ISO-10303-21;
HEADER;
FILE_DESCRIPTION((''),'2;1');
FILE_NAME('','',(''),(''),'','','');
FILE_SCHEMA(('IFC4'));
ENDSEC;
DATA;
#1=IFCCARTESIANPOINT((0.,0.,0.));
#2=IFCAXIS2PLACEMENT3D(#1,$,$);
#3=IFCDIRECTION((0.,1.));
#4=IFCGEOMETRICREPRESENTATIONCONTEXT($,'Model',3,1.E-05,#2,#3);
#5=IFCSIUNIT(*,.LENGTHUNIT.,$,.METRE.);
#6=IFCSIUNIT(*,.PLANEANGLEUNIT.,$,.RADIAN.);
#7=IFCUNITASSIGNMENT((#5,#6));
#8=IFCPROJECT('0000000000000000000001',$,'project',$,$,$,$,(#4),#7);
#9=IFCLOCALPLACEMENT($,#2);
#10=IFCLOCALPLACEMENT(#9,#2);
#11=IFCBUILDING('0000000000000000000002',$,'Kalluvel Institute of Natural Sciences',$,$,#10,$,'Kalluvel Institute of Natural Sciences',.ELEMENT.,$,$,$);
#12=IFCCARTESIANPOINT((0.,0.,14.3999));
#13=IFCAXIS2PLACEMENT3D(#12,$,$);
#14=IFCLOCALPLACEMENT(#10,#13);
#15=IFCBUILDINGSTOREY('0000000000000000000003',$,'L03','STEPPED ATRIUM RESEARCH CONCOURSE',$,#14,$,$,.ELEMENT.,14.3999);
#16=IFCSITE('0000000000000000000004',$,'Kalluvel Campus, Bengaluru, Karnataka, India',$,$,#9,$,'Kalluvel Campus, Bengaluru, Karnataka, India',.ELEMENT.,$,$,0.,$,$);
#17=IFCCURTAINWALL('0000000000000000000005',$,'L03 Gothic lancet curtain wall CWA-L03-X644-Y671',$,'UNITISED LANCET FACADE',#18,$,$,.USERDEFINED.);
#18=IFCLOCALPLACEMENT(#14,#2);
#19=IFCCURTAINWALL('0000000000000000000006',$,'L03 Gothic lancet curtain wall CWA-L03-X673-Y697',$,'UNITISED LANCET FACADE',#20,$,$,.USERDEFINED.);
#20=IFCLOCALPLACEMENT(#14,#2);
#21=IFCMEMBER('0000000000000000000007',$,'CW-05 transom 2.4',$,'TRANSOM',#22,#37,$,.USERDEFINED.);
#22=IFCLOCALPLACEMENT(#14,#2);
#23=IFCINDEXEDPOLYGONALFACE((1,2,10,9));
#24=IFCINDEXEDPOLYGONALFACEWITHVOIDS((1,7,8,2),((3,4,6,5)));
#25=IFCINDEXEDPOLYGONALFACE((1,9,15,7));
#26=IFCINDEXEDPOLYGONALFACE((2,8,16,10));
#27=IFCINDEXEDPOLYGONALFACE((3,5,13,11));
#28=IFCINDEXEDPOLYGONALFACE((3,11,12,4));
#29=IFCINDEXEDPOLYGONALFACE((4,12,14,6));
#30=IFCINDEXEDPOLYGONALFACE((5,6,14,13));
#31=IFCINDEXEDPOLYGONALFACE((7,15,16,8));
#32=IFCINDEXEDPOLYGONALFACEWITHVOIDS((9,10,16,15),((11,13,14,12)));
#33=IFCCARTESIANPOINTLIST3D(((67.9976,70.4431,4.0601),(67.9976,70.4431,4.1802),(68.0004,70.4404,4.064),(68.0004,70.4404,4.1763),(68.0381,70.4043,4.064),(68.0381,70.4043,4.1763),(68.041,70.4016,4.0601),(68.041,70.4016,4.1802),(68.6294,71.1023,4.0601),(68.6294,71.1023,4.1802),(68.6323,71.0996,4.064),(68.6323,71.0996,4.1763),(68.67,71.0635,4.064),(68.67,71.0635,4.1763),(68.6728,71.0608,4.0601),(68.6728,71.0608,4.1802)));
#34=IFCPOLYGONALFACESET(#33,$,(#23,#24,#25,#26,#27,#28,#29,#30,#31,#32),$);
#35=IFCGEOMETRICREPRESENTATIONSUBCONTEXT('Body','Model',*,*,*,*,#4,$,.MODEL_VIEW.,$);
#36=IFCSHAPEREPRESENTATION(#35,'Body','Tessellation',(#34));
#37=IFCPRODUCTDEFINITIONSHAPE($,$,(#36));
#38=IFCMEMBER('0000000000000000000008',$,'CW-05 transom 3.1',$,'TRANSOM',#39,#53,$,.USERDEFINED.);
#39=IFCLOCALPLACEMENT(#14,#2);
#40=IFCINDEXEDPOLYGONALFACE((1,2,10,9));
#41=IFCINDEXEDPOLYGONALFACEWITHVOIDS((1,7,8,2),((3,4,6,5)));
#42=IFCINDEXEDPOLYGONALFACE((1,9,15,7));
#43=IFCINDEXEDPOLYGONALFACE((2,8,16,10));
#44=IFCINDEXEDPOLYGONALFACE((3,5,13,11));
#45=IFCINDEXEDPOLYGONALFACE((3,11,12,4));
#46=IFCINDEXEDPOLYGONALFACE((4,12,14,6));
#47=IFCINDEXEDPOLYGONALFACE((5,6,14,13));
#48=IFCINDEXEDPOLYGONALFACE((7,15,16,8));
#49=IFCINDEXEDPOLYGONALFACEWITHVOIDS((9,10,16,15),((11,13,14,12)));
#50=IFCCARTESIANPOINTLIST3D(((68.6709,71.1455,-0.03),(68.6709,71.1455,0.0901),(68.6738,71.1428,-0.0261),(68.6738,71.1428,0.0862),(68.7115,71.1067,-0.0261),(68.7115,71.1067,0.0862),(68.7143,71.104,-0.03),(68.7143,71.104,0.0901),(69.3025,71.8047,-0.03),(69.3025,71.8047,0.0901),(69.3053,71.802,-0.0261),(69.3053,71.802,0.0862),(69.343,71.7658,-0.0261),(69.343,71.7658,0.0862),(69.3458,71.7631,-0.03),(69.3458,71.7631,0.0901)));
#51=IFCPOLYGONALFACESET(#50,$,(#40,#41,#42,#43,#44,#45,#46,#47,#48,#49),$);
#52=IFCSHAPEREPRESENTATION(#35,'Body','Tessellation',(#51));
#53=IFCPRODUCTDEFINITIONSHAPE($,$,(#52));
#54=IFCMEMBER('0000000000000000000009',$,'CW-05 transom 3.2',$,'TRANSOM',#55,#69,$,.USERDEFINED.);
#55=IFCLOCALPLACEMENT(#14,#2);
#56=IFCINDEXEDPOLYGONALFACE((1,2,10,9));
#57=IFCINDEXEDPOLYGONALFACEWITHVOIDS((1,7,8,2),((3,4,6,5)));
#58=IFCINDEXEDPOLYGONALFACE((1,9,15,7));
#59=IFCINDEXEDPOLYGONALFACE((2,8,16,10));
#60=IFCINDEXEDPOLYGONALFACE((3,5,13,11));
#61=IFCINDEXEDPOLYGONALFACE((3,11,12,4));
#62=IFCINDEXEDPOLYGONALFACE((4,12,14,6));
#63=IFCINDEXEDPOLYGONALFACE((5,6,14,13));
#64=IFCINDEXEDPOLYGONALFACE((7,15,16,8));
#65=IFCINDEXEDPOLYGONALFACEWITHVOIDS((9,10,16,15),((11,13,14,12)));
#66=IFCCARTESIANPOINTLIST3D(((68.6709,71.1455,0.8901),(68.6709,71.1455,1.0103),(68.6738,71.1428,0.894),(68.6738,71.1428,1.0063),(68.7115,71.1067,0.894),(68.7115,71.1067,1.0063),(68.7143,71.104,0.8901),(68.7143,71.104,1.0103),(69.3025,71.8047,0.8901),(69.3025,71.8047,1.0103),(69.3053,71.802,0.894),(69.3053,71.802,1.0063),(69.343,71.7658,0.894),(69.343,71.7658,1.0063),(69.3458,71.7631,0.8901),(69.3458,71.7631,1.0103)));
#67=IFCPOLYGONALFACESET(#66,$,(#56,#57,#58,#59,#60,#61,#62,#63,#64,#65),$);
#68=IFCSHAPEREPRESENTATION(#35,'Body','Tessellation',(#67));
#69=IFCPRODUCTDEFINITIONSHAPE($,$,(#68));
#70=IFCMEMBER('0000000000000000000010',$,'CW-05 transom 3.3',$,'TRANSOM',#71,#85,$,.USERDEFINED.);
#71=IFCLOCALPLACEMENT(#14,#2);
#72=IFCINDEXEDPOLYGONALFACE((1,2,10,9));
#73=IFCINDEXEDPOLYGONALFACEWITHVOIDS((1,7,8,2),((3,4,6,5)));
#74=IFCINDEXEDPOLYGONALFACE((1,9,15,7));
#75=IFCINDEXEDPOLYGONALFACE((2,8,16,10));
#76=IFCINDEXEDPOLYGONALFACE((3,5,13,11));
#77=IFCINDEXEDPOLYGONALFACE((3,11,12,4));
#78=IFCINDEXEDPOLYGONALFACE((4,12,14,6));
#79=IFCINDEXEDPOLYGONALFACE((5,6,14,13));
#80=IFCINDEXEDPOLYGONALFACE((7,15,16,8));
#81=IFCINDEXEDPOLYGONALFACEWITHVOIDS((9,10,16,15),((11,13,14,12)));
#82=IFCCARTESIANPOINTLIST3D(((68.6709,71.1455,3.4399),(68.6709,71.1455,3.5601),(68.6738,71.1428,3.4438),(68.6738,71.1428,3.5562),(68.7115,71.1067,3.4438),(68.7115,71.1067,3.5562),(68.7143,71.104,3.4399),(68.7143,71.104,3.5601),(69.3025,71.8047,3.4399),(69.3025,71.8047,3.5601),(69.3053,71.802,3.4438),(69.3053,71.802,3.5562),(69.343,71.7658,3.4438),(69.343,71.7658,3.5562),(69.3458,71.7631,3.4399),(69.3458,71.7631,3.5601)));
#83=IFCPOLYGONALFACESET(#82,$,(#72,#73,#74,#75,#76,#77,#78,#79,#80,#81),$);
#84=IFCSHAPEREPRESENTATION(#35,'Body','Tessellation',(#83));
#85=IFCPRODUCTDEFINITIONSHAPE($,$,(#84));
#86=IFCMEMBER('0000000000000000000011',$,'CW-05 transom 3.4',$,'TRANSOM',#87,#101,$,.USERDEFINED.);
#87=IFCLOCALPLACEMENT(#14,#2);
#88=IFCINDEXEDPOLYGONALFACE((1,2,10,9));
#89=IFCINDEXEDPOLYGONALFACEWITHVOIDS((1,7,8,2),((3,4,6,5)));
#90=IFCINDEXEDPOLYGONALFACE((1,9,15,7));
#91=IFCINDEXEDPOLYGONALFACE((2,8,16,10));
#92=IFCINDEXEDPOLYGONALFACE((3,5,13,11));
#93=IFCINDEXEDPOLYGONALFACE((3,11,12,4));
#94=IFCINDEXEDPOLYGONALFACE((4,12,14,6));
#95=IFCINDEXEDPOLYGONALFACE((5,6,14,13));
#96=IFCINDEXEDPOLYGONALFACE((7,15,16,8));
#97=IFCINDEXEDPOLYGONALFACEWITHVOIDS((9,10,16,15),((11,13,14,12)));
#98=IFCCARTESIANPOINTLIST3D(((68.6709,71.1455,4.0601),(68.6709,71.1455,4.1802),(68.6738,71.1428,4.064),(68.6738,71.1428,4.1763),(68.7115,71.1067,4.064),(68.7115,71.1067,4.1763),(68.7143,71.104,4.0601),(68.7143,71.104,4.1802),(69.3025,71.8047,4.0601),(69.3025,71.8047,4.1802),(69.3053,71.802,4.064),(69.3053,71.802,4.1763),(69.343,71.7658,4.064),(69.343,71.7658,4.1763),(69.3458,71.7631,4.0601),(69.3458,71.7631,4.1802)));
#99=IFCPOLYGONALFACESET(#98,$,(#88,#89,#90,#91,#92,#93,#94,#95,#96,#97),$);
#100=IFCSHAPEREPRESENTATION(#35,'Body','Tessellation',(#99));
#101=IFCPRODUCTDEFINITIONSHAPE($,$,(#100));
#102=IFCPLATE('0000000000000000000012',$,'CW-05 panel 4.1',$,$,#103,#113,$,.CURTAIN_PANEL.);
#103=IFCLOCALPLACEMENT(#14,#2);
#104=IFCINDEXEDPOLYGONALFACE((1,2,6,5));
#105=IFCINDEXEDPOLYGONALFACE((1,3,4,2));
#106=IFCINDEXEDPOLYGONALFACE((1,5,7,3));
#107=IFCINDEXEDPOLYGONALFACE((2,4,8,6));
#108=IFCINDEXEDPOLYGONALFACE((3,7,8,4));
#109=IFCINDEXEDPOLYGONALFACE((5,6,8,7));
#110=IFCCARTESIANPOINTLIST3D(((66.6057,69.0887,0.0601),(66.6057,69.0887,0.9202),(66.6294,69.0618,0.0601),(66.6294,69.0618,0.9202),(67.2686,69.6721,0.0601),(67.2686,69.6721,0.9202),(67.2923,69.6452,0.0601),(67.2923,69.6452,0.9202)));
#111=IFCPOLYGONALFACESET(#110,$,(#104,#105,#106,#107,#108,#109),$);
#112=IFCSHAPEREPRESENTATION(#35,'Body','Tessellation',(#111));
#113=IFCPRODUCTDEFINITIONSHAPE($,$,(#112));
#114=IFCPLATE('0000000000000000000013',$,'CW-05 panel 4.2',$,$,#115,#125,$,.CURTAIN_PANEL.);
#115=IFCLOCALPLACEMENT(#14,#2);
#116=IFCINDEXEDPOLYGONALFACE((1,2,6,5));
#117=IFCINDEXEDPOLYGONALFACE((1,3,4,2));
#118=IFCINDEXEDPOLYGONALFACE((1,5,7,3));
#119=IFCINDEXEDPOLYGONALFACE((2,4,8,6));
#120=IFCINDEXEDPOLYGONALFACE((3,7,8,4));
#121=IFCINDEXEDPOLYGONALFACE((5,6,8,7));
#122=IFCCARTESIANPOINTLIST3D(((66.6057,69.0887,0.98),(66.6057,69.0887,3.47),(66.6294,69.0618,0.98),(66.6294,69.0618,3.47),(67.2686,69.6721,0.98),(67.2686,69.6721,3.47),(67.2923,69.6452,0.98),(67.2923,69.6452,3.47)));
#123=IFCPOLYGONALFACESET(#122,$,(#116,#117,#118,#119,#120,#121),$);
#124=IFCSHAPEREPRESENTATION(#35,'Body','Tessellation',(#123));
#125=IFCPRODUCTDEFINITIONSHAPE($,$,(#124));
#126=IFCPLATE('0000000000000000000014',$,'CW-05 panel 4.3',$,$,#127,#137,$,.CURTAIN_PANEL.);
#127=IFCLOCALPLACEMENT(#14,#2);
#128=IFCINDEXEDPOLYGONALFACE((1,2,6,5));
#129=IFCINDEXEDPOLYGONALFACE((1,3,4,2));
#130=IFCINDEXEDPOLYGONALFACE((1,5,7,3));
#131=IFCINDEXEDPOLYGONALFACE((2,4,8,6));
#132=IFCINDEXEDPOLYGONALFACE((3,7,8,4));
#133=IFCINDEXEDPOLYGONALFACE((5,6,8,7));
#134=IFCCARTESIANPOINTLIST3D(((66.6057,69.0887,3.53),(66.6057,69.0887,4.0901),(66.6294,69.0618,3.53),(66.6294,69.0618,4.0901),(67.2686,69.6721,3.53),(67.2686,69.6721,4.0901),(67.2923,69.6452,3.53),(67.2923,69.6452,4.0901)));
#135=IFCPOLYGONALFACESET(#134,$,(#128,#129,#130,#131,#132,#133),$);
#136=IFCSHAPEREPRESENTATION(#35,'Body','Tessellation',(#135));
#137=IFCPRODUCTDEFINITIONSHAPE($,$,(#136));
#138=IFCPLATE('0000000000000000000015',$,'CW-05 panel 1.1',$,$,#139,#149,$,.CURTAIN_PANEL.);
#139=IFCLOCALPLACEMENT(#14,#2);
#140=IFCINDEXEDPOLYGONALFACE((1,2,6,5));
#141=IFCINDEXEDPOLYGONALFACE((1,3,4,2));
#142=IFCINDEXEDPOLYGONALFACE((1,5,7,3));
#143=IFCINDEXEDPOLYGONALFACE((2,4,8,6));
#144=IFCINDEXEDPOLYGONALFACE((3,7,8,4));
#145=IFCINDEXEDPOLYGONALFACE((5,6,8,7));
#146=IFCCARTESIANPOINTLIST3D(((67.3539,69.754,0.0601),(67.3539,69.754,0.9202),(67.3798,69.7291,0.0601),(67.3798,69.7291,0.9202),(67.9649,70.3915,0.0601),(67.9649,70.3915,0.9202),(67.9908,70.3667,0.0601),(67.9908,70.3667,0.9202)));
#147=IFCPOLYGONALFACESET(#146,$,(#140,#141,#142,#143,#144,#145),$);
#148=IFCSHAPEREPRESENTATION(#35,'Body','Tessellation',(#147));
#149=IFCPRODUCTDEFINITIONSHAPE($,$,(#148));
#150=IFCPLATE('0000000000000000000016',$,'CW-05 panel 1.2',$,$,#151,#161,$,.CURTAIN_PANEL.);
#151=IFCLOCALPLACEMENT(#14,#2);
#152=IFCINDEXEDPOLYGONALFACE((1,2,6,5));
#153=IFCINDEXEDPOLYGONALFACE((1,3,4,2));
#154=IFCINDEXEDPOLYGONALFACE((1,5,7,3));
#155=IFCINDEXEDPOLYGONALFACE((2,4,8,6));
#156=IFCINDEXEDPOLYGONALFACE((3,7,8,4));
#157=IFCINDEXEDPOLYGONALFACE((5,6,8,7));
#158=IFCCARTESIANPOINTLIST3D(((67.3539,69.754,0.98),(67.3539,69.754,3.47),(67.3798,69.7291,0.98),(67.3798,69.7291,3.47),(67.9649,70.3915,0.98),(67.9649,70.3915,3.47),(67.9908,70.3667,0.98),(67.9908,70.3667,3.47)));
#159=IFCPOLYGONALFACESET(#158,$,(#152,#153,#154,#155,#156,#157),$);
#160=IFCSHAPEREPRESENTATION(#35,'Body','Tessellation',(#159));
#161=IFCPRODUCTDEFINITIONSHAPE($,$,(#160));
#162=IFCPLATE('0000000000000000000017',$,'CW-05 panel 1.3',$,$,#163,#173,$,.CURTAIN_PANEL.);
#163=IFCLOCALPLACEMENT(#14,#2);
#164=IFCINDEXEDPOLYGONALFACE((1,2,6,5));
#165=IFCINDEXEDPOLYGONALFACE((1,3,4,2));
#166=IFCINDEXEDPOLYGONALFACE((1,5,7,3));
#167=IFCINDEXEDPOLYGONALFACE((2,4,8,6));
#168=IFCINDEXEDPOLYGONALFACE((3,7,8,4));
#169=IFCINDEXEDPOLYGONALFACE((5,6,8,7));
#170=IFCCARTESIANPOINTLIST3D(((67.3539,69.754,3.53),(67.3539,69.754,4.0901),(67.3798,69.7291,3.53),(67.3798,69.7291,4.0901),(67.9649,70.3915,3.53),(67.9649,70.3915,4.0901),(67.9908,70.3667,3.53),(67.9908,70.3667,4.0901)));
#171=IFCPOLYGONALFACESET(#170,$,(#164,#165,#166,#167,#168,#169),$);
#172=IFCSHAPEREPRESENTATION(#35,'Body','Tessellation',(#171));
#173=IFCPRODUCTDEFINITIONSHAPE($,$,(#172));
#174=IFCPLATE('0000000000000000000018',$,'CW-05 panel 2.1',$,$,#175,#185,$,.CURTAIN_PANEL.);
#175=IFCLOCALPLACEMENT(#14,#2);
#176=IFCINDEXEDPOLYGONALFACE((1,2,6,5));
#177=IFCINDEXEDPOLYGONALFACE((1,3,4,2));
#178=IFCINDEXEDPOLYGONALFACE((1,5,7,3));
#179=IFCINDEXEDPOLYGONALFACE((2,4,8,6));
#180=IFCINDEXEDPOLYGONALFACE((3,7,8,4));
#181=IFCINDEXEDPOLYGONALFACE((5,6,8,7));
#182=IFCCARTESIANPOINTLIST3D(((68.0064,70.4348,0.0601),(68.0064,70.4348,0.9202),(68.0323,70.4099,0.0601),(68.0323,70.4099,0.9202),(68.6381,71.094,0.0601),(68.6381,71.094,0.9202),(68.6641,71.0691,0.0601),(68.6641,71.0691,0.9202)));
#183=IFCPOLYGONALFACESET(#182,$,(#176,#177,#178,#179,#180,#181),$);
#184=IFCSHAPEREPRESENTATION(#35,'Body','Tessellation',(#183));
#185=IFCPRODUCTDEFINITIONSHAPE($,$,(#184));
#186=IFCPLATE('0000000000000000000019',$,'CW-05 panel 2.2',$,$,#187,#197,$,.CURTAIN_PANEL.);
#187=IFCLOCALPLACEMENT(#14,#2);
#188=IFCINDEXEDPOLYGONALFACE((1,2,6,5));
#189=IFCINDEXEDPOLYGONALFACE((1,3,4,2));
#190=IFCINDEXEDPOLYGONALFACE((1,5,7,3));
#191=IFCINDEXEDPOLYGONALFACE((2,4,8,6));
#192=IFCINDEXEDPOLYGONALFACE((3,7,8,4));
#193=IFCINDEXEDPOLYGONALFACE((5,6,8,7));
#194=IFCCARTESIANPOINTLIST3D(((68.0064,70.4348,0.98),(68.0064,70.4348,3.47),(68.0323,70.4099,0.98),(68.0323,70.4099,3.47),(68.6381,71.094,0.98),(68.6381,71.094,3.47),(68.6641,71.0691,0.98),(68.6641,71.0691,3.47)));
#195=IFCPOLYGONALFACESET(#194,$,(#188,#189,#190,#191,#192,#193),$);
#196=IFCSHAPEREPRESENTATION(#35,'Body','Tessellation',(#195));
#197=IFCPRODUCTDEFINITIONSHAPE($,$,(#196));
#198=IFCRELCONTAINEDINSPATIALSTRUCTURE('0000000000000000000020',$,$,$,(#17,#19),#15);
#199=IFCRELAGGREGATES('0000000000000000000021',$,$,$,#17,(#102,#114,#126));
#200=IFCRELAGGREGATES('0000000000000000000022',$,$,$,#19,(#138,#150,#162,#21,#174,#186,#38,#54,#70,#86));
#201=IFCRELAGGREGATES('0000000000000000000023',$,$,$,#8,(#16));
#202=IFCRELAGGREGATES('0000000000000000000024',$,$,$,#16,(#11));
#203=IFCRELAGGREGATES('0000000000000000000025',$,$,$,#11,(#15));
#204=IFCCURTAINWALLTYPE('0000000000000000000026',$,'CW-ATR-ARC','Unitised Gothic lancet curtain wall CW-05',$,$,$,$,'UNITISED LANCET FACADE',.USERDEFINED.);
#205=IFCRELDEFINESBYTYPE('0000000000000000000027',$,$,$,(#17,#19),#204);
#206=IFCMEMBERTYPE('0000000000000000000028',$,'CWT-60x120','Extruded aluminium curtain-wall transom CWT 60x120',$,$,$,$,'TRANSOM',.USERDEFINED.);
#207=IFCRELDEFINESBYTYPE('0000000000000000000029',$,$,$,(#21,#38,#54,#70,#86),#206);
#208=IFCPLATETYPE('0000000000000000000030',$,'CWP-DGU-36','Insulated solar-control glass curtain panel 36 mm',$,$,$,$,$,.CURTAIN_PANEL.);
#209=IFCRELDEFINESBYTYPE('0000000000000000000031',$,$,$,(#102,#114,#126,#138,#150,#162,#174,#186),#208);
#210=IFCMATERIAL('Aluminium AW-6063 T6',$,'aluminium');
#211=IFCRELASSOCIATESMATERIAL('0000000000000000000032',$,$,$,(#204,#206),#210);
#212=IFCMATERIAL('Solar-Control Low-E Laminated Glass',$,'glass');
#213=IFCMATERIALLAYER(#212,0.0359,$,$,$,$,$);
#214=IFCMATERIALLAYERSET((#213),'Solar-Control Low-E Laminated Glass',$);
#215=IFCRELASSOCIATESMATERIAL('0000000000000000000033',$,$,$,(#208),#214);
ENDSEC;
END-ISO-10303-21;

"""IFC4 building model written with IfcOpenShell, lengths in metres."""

from ifc_helpers import new_model, si_unit, direction, frame, origin, origin_2d, place, context, subcontext, project, spatial, rectangle, hollow_rectangle, extrude, material, layer, layer_set, material_profile, profile_set, type_object, element, aggregate, save


model = new_model("IFC4")

# Units and contexts
model_context = context("Model", 3, precision=1e-05, world=origin(), true_north=direction((0.0, 1.0)))
body_context = subcontext(model_context, "Body", "Model", "MODEL_VIEW")
ifc_project = project(units=[si_unit("LENGTHUNIT", "METRE"), si_unit("PLANEANGLEUNIT", "RADIAN")], contexts=[model_context])

# Site, building, storey
site_placement = place(None, origin())
site = spatial("IfcSite", under=ifc_project, at=site_placement, Name="Kalluvel Campus, Bengaluru, Karnataka, India", LongName="Kalluvel Campus, Bengaluru, Karnataka, India", CompositionType="ELEMENT", RefElevation=0.0)
building_placement = place(site_placement, origin())
building = spatial("IfcBuilding", under=site, at=building_placement, Name="Kalluvel Institute of Natural Sciences", LongName="Kalluvel Institute of Natural Sciences", CompositionType="ELEMENT")
storey_placement = place(building_placement, frame((0.0, 0.0, 14.3999)))
storey = spatial("IfcBuildingStorey", under=building, at=storey_placement, Name="L03", Description="STEPPED ATRIUM RESEARCH CONCOURSE", CompositionType="ELEMENT", Elevation=14.3999)

# Curtain wall
ifc_material_1 = material(Name="Aluminium AW-6063 T6", Category="aluminium")
curtain_wall_type = type_object("IfcCurtainWallType", Name="CW-ATR-ARC", Description="Unitised Gothic lancet curtain wall CW-05", ElementType="UNITISED LANCET FACADE", PredefinedType="USERDEFINED", material=ifc_material_1)
curtain_wall_1_placement = place(storey_placement, origin())
curtain_wall_1 = element("IfcCurtainWall", 1, at=curtain_wall_1_placement, inside=storey, type_object=curtain_wall_type, Name="L03 Gothic lancet curtain wall CWA-L03-X644-Y671", ObjectType="UNITISED LANCET FACADE", PredefinedType="USERDEFINED")

# Curtain wall, members
curtain_wall_2_placement = place(storey_placement, origin())
curtain_wall_2 = element("IfcCurtainWall", 2, at=curtain_wall_2_placement, inside=storey, type_object=curtain_wall_type, Name="L03 Gothic lancet curtain wall CWA-L03-X673-Y697", ObjectType="UNITISED LANCET FACADE", PredefinedType="USERDEFINED")
ifc_material_profile_1 = material_profile(ifc_material_1, hollow_rectangle(XDim=0.0601, YDim=0.1201, WallThickness=0.0039, at=origin_2d()), Name="CWT 60x120")
ifc_profile_set_1 = profile_set([ifc_material_profile_1], Name="Aluminium AW-6063 T6")
member_type_1 = type_object("IfcMemberType", Name="CWT-60x120", Description="Extruded aluminium curtain-wall transom CWT 60x120", ElementType="TRANSOM", PredefinedType="USERDEFINED", material=ifc_profile_set_1)
member_1_placement = place(storey_placement, frame((68.0193, 70.4224, 4.1201), z_axis=(0.691975, 0.721921, 0.0), x_axis=(-0.721921, 0.691975, 0.0)))
member_1 = element("IfcMember", 3, at=member_1_placement, type_object=member_type_1, Name="CW-05 transom 2.4", ObjectType="TRANSOM", PredefinedType="USERDEFINED", context=body_context, shape_type="SweptSolid", body=[
    extrude(hollow_rectangle(XDim=0.0601, YDim=0.1201, WallThickness=0.0039, at=origin_2d()), origin(), (0.0, 0.0, 1.0), 0.9131),
])
member_2_placement = place(storey_placement, frame((68.6926, 71.1248, 0.03), z_axis=(0.691836, 0.722055, 0.0), x_axis=(-0.722055, 0.691836, 0.0)))
member_2 = element("IfcMember", 4, at=member_2_placement, type_object=member_type_1, Name="CW-05 transom 3.1", ObjectType="TRANSOM", PredefinedType="USERDEFINED", context=body_context, shape_type="SweptSolid", body=[
    extrude(hollow_rectangle(XDim=0.0601, YDim=0.1201, WallThickness=0.0039, at=origin_2d()), origin(), (0.0, 0.0, 1.0), 0.9128),
])
member_3_placement = place(storey_placement, frame((68.6926, 71.1248, 0.9502), z_axis=(0.691836, 0.722055, 0.0), x_axis=(-0.722055, 0.691836, 0.0)))
member_3 = element("IfcMember", 5, at=member_3_placement, type_object=member_type_1, Name="CW-05 transom 3.2", ObjectType="TRANSOM", PredefinedType="USERDEFINED", context=body_context, shape_type="SweptSolid", body=[
    extrude(hollow_rectangle(XDim=0.0601, YDim=0.1201, WallThickness=0.0039, at=origin_2d()), origin(), (0.0, 0.0, 1.0), 0.9128),
])
member_4_placement = place(storey_placement, frame((68.6926, 71.1248, 3.5), z_axis=(0.691836, 0.722055, 0.0), x_axis=(-0.722055, 0.691836, 0.0)))
member_4 = element("IfcMember", 6, at=member_4_placement, type_object=member_type_1, Name="CW-05 transom 3.3", ObjectType="TRANSOM", PredefinedType="USERDEFINED", context=body_context, shape_type="SweptSolid", body=[
    extrude(hollow_rectangle(XDim=0.0601, YDim=0.1201, WallThickness=0.0039, at=origin_2d()), origin(), (0.0, 0.0, 1.0), 0.9128),
])
member_5_placement = place(storey_placement, frame((68.6926, 71.1248, 4.1201), z_axis=(0.691836, 0.722055, 0.0), x_axis=(-0.722055, 0.691836, 0.0)))
member_5 = element("IfcMember", 7, at=member_5_placement, type_object=member_type_1, Name="CW-05 transom 3.4", ObjectType="TRANSOM", PredefinedType="USERDEFINED", context=body_context, shape_type="SweptSolid", body=[
    extrude(hollow_rectangle(XDim=0.0601, YDim=0.1201, WallThickness=0.0039, at=origin_2d()), origin(), (0.0, 0.0, 1.0), 0.9128),
])

# Plates
ifc_material_2 = material(Name="Solar-Control Low-E Laminated Glass", Category="glass")
ifc_layer = layer(ifc_material_2, 0.0359)
ifc_layer_set = layer_set([ifc_layer], Name="Solar-Control Low-E Laminated Glass")
plate_type = type_object("IfcPlateType", Name="CWP-DGU-36", Description="Insulated solar-control glass curtain panel 36 mm", PredefinedType="CURTAIN_PANEL", material=ifc_layer_set)
plate_1_placement = place(storey_placement, frame((66.949, 69.3669, 0.0601), z_axis=(0.0, 0.0, 1.0), x_axis=(0.750678, 0.660668, 0.0)))
plate_1 = element("IfcPlate", 8, at=plate_1_placement, type_object=plate_type, Name="CW-05 panel 4.1", PredefinedType="CURTAIN_PANEL", context=body_context, shape_type="SweptSolid", body=[
    extrude(rectangle(XDim=0.8831, YDim=0.0359, at=origin_2d()), origin(), (0.0, 0.0, 1.0), 0.8601),
])
plate_2_placement = place(storey_placement, frame((66.949, 69.3669, 0.98), z_axis=(0.0, 0.0, 1.0), x_axis=(0.750678, 0.660668, 0.0)))
plate_2 = element("IfcPlate", 9, at=plate_2_placement, type_object=plate_type, Name="CW-05 panel 4.2", PredefinedType="CURTAIN_PANEL", context=body_context, shape_type="SweptSolid", body=[
    extrude(rectangle(XDim=0.8831, YDim=0.0359, at=origin_2d()), origin(), (0.0, 0.0, 1.0), 2.49),
])
plate_3_placement = place(storey_placement, frame((66.949, 69.3669, 3.53), z_axis=(0.0, 0.0, 1.0), x_axis=(0.750678, 0.660668, 0.0)))
plate_3 = element("IfcPlate", 10, at=plate_3_placement, type_object=plate_type, Name="CW-05 panel 4.3", PredefinedType="CURTAIN_PANEL", context=body_context, shape_type="SweptSolid", body=[
    extrude(rectangle(XDim=0.8831, YDim=0.0359, at=origin_2d()), origin(), (0.0, 0.0, 1.0), 0.5601),
])
aggregate(curtain_wall_1, [plate_1, plate_2, plate_3])
plate_4_placement = place(storey_placement, frame((67.6724, 70.0603, 0.0601), z_axis=(0.0, 0.0, 1.0), x_axis=(0.691929, 0.721966, 0.0)))
plate_4 = element("IfcPlate", 11, at=plate_4_placement, type_object=plate_type, Name="CW-05 panel 1.1", PredefinedType="CURTAIN_PANEL", context=body_context, shape_type="SweptSolid", body=[
    extrude(rectangle(XDim=0.8831, YDim=0.0359, at=origin_2d()), origin(), (0.0, 0.0, 1.0), 0.8601),
])
plate_5_placement = place(storey_placement, frame((67.6724, 70.0603, 0.98), z_axis=(0.0, 0.0, 1.0), x_axis=(0.691929, 0.721966, 0.0)))
plate_5 = element("IfcPlate", 12, at=plate_5_placement, type_object=plate_type, Name="CW-05 panel 1.2", PredefinedType="CURTAIN_PANEL", context=body_context, shape_type="SweptSolid", body=[
    extrude(rectangle(XDim=0.8831, YDim=0.0359, at=origin_2d()), origin(), (0.0, 0.0, 1.0), 2.49),
])
plate_6_placement = place(storey_placement, frame((67.6724, 70.0603, 3.53), z_axis=(0.0, 0.0, 1.0), x_axis=(0.691929, 0.721966, 0.0)))
plate_6 = element("IfcPlate", 13, at=plate_6_placement, type_object=plate_type, Name="CW-05 panel 1.3", PredefinedType="CURTAIN_PANEL", context=body_context, shape_type="SweptSolid", body=[
    extrude(rectangle(XDim=0.8831, YDim=0.0359, at=origin_2d()), origin(), (0.0, 0.0, 1.0), 0.5601),
])
plate_7_placement = place(storey_placement, frame((68.3352, 70.752, 0.0601), z_axis=(0.0, 0.0, 1.0), x_axis=(0.691929, 0.721966, 0.0)))
plate_7 = element("IfcPlate", 14, at=plate_7_placement, type_object=plate_type, Name="CW-05 panel 2.1", PredefinedType="CURTAIN_PANEL", context=body_context, shape_type="SweptSolid", body=[
    extrude(rectangle(XDim=0.9131, YDim=0.0359, at=origin_2d()), origin(), (0.0, 0.0, 1.0), 0.8601),
])
plate_8_placement = place(storey_placement, frame((68.3352, 70.752, 0.98), z_axis=(0.0, 0.0, 1.0), x_axis=(0.691929, 0.721966, 0.0)))
plate_8 = element("IfcPlate", 15, at=plate_8_placement, type_object=plate_type, Name="CW-05 panel 2.2", PredefinedType="CURTAIN_PANEL", context=body_context, shape_type="SweptSolid", body=[
    extrude(rectangle(XDim=0.9131, YDim=0.0359, at=origin_2d()), origin(), (0.0, 0.0, 1.0), 2.49),
])
aggregate(curtain_wall_2, [plate_4, plate_5, plate_6, member_1, plate_7, plate_8, member_2, member_3, member_4, member_5])

save(model, "model.ifc")
